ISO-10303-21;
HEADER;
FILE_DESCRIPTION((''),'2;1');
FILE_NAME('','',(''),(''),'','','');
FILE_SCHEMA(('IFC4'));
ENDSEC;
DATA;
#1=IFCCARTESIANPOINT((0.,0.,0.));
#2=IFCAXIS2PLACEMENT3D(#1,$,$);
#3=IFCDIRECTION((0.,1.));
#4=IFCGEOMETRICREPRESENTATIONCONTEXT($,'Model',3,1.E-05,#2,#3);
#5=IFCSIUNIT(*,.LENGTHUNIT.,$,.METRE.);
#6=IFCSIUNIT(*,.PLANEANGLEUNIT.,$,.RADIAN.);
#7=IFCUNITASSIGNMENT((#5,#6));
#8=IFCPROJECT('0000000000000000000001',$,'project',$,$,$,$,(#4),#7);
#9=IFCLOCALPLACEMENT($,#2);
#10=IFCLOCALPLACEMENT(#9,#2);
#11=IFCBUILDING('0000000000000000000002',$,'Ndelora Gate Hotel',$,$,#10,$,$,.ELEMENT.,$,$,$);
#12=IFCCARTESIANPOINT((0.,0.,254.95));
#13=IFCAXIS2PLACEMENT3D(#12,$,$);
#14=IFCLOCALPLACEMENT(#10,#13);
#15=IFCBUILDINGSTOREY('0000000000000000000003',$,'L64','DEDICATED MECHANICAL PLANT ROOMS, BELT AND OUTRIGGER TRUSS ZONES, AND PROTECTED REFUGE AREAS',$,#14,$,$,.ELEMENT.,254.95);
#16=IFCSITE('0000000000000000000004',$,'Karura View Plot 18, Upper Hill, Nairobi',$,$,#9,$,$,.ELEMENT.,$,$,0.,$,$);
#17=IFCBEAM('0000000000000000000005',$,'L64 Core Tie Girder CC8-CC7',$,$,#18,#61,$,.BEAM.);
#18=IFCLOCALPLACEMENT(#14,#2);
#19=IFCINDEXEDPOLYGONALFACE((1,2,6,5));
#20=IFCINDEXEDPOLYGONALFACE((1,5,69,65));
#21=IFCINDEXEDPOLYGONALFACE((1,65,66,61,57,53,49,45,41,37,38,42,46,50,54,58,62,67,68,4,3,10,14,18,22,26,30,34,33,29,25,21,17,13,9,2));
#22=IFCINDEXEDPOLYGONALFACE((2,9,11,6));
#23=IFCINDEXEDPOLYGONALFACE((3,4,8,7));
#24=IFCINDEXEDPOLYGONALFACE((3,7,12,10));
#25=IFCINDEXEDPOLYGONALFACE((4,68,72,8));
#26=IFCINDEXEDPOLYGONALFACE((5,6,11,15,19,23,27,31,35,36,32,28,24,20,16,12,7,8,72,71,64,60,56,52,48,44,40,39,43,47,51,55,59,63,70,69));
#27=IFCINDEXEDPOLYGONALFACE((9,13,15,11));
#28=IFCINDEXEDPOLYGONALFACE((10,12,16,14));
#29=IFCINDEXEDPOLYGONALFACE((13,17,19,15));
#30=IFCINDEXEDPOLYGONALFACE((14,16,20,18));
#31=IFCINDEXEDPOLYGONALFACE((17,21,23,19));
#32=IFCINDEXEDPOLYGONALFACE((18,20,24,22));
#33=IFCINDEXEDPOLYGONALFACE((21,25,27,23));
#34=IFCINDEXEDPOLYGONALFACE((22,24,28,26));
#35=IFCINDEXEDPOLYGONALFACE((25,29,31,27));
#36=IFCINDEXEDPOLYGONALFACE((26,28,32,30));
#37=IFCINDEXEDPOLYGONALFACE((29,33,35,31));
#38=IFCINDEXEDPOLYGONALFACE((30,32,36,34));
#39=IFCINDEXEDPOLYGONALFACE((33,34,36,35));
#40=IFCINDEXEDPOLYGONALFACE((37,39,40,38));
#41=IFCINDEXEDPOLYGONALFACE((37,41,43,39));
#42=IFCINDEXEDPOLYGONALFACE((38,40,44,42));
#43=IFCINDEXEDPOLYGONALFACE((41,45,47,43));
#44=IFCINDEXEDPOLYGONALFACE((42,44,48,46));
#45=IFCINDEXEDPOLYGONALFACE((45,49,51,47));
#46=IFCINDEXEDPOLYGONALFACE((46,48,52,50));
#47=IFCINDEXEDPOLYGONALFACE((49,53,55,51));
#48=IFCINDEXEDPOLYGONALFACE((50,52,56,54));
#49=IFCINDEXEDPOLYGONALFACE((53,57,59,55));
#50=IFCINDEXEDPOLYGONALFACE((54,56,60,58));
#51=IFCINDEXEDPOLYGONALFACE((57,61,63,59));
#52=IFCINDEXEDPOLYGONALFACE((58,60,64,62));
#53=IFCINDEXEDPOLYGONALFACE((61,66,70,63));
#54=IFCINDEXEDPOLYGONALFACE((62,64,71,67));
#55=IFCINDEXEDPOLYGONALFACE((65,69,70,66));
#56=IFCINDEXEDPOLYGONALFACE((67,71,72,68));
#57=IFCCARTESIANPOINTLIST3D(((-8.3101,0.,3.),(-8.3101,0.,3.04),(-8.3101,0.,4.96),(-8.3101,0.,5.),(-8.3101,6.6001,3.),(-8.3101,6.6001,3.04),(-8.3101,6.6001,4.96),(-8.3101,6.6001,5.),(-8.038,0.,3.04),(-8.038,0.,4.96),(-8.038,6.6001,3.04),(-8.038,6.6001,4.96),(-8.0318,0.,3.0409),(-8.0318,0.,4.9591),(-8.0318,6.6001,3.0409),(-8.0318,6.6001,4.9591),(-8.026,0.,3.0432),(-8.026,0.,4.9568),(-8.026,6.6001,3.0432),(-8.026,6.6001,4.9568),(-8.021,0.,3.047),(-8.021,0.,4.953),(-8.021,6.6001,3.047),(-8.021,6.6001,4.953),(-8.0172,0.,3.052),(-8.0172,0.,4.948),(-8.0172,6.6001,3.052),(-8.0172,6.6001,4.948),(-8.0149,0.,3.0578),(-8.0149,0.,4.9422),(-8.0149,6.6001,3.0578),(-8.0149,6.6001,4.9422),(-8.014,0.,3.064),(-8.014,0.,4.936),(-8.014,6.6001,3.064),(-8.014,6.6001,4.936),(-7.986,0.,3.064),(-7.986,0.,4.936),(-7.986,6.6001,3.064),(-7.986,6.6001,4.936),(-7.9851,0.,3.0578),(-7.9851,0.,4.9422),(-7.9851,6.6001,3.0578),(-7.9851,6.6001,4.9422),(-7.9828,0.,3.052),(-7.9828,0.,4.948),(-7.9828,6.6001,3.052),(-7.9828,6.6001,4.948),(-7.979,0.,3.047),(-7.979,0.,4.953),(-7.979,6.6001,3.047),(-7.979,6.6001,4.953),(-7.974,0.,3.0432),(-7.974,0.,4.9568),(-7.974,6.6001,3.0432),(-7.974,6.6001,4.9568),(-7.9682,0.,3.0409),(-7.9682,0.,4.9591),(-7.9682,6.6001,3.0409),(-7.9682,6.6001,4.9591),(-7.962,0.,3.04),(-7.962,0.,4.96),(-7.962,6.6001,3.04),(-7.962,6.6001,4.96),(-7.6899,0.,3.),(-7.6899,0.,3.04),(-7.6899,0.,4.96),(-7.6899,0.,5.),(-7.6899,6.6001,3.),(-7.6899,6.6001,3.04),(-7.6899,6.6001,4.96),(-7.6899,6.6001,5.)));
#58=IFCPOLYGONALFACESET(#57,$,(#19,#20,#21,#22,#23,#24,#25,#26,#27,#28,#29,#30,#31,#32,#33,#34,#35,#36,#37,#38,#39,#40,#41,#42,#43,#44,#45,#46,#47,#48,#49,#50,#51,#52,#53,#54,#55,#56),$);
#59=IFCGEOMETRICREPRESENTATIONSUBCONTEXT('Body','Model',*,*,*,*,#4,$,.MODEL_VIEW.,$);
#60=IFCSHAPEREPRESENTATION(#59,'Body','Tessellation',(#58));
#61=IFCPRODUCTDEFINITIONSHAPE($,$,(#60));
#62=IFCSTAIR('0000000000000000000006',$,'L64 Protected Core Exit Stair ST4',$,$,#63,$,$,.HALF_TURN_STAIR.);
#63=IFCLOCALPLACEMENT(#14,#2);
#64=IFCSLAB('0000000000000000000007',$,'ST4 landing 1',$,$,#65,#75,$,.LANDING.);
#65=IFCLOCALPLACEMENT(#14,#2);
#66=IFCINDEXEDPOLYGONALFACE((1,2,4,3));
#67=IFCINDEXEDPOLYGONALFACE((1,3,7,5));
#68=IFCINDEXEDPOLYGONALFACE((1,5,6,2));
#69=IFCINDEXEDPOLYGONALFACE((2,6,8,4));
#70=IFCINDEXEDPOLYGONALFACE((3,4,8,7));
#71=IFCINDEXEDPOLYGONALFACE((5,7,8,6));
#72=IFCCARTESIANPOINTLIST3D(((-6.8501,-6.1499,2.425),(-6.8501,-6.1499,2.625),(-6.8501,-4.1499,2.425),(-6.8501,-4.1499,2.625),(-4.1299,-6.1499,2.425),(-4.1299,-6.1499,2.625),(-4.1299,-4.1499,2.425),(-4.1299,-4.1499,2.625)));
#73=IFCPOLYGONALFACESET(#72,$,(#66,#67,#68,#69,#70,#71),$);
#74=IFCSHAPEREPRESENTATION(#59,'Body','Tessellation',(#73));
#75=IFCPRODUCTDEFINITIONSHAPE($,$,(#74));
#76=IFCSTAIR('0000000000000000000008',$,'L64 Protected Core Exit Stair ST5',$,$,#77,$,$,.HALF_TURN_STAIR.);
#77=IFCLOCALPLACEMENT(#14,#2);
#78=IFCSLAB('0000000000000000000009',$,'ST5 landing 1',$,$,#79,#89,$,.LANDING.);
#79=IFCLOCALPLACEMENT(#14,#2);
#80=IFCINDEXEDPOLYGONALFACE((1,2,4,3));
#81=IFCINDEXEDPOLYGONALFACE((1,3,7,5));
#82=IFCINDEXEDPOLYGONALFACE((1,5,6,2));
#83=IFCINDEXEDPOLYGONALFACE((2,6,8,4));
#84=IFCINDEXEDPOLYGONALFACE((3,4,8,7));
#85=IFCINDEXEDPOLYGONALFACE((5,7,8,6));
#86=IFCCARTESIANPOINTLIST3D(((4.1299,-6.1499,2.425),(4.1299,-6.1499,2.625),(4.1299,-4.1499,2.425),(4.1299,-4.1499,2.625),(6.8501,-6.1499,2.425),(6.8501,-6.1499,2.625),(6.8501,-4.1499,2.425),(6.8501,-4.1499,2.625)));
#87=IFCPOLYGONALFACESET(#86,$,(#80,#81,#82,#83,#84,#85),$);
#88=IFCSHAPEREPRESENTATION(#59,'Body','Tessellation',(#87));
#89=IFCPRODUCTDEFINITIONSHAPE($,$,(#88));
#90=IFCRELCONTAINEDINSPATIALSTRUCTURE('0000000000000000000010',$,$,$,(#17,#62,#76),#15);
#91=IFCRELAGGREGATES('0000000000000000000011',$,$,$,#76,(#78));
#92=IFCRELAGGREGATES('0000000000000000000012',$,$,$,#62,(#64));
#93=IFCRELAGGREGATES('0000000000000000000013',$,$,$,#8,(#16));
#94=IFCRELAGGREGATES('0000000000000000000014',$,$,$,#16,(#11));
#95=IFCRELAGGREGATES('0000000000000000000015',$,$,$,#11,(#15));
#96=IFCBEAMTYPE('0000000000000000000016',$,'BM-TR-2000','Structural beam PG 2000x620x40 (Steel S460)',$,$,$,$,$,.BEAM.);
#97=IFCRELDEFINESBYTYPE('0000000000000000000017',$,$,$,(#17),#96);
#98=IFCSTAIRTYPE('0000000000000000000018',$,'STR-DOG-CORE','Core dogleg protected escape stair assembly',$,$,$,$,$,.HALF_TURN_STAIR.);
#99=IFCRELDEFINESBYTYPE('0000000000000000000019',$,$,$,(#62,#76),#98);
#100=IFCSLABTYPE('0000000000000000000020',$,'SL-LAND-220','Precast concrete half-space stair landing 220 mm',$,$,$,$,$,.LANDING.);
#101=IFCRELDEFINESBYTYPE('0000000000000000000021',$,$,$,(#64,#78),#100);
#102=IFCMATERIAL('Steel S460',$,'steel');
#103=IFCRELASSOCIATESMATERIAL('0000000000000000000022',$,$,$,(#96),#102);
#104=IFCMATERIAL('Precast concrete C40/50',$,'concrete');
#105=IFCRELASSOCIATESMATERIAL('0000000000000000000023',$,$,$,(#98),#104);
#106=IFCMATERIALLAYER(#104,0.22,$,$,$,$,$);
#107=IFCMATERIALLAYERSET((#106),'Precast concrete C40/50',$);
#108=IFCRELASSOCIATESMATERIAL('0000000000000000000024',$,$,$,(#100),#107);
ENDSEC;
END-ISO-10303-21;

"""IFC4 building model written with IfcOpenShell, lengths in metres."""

from ifc_helpers import new_model, si_unit, direction, frame, origin, origin_2d, place, context, subcontext, project, spatial, polyline, i_section, outline, extrude, material, layer, layer_set, material_profile, profile_set, type_object, element, aggregate, save


model = new_model("IFC4")

# Units and contexts
model_context = context("Model", 3, precision=1e-05, world=origin(), true_north=direction((0.0, 1.0)))
body_context = subcontext(model_context, "Body", "Model", "MODEL_VIEW")
ifc_project = project(units=[si_unit("LENGTHUNIT", "METRE"), si_unit("PLANEANGLEUNIT", "RADIAN")], contexts=[model_context])

# Site, building, storey
site_placement = place(None, origin())
site = spatial("IfcSite", under=ifc_project, at=site_placement, Name="Karura View Plot 18, Upper Hill, Nairobi", CompositionType="ELEMENT", RefElevation=0.0)
building_placement = place(site_placement, origin())
building = spatial("IfcBuilding", under=site, at=building_placement, Name="Ndelora Gate Hotel", CompositionType="ELEMENT")
storey_placement = place(building_placement, frame((0.0, 0.0, 254.95)))
storey = spatial("IfcBuildingStorey", under=building, at=storey_placement, Name="L64", Description="DEDICATED MECHANICAL PLANT ROOMS, BELT AND OUTRIGGER TRUSS ZONES, AND PROTECTED REFUGE AREAS", CompositionType="ELEMENT", Elevation=254.95)

# Beam
ifc_material_1 = material(Name="Steel S460", Category="steel")
ifc_material_profile = material_profile(ifc_material_1, i_section(OverallWidth=0.6201, OverallDepth=2.0, WebThickness=0.0281, FlangeThickness=0.04, FilletRadius=0.0239, at=origin_2d()), Name="PG 2000x620x40")
ifc_profile_set = profile_set([ifc_material_profile], Name="Steel S460")
beam_type = type_object("IfcBeamType", Name="BM-TR-2000", Description="Structural beam PG 2000x620x40 (Steel S460)", PredefinedType="BEAM", material=ifc_profile_set)
beam_placement = place(storey_placement, frame((-8.0, 0.0, 4.0), z_axis=(0.0, 1.0, 0.0), x_axis=(-1.0, 0.0, 0.0)))
element("IfcBeam", 1, at=beam_placement, inside=storey, type_object=beam_type, Name="L64 Core Tie Girder CC8-CC7", PredefinedType="BEAM", context=body_context, shape_type="SweptSolid", body=[
    extrude(i_section(OverallWidth=0.6201, OverallDepth=2.0, WebThickness=0.0281, FlangeThickness=0.04, FilletRadius=0.0239, at=origin_2d()), origin(), (0.0, 0.0, 1.0), 6.6001),
])

# Stairs, slabs
ifc_material_2 = material(Name="Precast concrete C40/50", Category="concrete")
stair_type = type_object("IfcStairType", Name="STR-DOG-CORE", Description="Core dogleg protected escape stair assembly", PredefinedType="HALF_TURN_STAIR", material=ifc_material_2)
stair_1_placement = place(storey_placement, origin())
stair_1 = element("IfcStair", 2, at=stair_1_placement, inside=storey, type_object=stair_type, Name="L64 Protected Core Exit Stair ST4", PredefinedType="HALF_TURN_STAIR")
ifc_layer_1 = layer(ifc_material_2, 0.22)
ifc_layer_set_1 = layer_set([ifc_layer_1], Name="Precast concrete C40/50")
slab_type_1 = type_object("IfcSlabType", Name="SL-LAND-220", Description="Precast concrete half-space stair landing 220 mm", PredefinedType="LANDING", material=ifc_layer_set_1)
slab_1_placement = place(storey_placement, frame((0.0, 0.0, 2.425)))
slab_1 = element("IfcSlab", 3, at=slab_1_placement, type_object=slab_type_1, Name="ST4 landing 1", PredefinedType="LANDING", context=body_context, shape_type="SweptSolid", body=[
    extrude(outline(polyline([(-6.8501, -4.1499), (-6.8501, -6.1499), (-4.1299, -6.1499), (-4.1299, -4.1499), (-6.8501, -4.1499)])), origin(), (0.0, 0.0, 1.0), 0.2),
])
stair_2_placement = place(storey_placement, origin())
stair_2 = element("IfcStair", 4, at=stair_2_placement, inside=storey, type_object=stair_type, Name="L64 Protected Core Exit Stair ST5", PredefinedType="HALF_TURN_STAIR")
slab_2_placement = place(storey_placement, frame((0.0, 0.0, 2.425)))
slab_2 = element("IfcSlab", 5, at=slab_2_placement, type_object=slab_type_1, Name="ST5 landing 1", PredefinedType="LANDING", context=body_context, shape_type="SweptSolid", body=[
    extrude(outline(polyline([(4.1299, -4.1499), (4.1299, -6.1499), (6.8501, -6.1499), (6.8501, -4.1499), (4.1299, -4.1499)])), origin(), (0.0, 0.0, 1.0), 0.2),
])
aggregate(stair_2, [slab_2])

aggregate(stair_1, [slab_1])

save(model, "model.ifc")
